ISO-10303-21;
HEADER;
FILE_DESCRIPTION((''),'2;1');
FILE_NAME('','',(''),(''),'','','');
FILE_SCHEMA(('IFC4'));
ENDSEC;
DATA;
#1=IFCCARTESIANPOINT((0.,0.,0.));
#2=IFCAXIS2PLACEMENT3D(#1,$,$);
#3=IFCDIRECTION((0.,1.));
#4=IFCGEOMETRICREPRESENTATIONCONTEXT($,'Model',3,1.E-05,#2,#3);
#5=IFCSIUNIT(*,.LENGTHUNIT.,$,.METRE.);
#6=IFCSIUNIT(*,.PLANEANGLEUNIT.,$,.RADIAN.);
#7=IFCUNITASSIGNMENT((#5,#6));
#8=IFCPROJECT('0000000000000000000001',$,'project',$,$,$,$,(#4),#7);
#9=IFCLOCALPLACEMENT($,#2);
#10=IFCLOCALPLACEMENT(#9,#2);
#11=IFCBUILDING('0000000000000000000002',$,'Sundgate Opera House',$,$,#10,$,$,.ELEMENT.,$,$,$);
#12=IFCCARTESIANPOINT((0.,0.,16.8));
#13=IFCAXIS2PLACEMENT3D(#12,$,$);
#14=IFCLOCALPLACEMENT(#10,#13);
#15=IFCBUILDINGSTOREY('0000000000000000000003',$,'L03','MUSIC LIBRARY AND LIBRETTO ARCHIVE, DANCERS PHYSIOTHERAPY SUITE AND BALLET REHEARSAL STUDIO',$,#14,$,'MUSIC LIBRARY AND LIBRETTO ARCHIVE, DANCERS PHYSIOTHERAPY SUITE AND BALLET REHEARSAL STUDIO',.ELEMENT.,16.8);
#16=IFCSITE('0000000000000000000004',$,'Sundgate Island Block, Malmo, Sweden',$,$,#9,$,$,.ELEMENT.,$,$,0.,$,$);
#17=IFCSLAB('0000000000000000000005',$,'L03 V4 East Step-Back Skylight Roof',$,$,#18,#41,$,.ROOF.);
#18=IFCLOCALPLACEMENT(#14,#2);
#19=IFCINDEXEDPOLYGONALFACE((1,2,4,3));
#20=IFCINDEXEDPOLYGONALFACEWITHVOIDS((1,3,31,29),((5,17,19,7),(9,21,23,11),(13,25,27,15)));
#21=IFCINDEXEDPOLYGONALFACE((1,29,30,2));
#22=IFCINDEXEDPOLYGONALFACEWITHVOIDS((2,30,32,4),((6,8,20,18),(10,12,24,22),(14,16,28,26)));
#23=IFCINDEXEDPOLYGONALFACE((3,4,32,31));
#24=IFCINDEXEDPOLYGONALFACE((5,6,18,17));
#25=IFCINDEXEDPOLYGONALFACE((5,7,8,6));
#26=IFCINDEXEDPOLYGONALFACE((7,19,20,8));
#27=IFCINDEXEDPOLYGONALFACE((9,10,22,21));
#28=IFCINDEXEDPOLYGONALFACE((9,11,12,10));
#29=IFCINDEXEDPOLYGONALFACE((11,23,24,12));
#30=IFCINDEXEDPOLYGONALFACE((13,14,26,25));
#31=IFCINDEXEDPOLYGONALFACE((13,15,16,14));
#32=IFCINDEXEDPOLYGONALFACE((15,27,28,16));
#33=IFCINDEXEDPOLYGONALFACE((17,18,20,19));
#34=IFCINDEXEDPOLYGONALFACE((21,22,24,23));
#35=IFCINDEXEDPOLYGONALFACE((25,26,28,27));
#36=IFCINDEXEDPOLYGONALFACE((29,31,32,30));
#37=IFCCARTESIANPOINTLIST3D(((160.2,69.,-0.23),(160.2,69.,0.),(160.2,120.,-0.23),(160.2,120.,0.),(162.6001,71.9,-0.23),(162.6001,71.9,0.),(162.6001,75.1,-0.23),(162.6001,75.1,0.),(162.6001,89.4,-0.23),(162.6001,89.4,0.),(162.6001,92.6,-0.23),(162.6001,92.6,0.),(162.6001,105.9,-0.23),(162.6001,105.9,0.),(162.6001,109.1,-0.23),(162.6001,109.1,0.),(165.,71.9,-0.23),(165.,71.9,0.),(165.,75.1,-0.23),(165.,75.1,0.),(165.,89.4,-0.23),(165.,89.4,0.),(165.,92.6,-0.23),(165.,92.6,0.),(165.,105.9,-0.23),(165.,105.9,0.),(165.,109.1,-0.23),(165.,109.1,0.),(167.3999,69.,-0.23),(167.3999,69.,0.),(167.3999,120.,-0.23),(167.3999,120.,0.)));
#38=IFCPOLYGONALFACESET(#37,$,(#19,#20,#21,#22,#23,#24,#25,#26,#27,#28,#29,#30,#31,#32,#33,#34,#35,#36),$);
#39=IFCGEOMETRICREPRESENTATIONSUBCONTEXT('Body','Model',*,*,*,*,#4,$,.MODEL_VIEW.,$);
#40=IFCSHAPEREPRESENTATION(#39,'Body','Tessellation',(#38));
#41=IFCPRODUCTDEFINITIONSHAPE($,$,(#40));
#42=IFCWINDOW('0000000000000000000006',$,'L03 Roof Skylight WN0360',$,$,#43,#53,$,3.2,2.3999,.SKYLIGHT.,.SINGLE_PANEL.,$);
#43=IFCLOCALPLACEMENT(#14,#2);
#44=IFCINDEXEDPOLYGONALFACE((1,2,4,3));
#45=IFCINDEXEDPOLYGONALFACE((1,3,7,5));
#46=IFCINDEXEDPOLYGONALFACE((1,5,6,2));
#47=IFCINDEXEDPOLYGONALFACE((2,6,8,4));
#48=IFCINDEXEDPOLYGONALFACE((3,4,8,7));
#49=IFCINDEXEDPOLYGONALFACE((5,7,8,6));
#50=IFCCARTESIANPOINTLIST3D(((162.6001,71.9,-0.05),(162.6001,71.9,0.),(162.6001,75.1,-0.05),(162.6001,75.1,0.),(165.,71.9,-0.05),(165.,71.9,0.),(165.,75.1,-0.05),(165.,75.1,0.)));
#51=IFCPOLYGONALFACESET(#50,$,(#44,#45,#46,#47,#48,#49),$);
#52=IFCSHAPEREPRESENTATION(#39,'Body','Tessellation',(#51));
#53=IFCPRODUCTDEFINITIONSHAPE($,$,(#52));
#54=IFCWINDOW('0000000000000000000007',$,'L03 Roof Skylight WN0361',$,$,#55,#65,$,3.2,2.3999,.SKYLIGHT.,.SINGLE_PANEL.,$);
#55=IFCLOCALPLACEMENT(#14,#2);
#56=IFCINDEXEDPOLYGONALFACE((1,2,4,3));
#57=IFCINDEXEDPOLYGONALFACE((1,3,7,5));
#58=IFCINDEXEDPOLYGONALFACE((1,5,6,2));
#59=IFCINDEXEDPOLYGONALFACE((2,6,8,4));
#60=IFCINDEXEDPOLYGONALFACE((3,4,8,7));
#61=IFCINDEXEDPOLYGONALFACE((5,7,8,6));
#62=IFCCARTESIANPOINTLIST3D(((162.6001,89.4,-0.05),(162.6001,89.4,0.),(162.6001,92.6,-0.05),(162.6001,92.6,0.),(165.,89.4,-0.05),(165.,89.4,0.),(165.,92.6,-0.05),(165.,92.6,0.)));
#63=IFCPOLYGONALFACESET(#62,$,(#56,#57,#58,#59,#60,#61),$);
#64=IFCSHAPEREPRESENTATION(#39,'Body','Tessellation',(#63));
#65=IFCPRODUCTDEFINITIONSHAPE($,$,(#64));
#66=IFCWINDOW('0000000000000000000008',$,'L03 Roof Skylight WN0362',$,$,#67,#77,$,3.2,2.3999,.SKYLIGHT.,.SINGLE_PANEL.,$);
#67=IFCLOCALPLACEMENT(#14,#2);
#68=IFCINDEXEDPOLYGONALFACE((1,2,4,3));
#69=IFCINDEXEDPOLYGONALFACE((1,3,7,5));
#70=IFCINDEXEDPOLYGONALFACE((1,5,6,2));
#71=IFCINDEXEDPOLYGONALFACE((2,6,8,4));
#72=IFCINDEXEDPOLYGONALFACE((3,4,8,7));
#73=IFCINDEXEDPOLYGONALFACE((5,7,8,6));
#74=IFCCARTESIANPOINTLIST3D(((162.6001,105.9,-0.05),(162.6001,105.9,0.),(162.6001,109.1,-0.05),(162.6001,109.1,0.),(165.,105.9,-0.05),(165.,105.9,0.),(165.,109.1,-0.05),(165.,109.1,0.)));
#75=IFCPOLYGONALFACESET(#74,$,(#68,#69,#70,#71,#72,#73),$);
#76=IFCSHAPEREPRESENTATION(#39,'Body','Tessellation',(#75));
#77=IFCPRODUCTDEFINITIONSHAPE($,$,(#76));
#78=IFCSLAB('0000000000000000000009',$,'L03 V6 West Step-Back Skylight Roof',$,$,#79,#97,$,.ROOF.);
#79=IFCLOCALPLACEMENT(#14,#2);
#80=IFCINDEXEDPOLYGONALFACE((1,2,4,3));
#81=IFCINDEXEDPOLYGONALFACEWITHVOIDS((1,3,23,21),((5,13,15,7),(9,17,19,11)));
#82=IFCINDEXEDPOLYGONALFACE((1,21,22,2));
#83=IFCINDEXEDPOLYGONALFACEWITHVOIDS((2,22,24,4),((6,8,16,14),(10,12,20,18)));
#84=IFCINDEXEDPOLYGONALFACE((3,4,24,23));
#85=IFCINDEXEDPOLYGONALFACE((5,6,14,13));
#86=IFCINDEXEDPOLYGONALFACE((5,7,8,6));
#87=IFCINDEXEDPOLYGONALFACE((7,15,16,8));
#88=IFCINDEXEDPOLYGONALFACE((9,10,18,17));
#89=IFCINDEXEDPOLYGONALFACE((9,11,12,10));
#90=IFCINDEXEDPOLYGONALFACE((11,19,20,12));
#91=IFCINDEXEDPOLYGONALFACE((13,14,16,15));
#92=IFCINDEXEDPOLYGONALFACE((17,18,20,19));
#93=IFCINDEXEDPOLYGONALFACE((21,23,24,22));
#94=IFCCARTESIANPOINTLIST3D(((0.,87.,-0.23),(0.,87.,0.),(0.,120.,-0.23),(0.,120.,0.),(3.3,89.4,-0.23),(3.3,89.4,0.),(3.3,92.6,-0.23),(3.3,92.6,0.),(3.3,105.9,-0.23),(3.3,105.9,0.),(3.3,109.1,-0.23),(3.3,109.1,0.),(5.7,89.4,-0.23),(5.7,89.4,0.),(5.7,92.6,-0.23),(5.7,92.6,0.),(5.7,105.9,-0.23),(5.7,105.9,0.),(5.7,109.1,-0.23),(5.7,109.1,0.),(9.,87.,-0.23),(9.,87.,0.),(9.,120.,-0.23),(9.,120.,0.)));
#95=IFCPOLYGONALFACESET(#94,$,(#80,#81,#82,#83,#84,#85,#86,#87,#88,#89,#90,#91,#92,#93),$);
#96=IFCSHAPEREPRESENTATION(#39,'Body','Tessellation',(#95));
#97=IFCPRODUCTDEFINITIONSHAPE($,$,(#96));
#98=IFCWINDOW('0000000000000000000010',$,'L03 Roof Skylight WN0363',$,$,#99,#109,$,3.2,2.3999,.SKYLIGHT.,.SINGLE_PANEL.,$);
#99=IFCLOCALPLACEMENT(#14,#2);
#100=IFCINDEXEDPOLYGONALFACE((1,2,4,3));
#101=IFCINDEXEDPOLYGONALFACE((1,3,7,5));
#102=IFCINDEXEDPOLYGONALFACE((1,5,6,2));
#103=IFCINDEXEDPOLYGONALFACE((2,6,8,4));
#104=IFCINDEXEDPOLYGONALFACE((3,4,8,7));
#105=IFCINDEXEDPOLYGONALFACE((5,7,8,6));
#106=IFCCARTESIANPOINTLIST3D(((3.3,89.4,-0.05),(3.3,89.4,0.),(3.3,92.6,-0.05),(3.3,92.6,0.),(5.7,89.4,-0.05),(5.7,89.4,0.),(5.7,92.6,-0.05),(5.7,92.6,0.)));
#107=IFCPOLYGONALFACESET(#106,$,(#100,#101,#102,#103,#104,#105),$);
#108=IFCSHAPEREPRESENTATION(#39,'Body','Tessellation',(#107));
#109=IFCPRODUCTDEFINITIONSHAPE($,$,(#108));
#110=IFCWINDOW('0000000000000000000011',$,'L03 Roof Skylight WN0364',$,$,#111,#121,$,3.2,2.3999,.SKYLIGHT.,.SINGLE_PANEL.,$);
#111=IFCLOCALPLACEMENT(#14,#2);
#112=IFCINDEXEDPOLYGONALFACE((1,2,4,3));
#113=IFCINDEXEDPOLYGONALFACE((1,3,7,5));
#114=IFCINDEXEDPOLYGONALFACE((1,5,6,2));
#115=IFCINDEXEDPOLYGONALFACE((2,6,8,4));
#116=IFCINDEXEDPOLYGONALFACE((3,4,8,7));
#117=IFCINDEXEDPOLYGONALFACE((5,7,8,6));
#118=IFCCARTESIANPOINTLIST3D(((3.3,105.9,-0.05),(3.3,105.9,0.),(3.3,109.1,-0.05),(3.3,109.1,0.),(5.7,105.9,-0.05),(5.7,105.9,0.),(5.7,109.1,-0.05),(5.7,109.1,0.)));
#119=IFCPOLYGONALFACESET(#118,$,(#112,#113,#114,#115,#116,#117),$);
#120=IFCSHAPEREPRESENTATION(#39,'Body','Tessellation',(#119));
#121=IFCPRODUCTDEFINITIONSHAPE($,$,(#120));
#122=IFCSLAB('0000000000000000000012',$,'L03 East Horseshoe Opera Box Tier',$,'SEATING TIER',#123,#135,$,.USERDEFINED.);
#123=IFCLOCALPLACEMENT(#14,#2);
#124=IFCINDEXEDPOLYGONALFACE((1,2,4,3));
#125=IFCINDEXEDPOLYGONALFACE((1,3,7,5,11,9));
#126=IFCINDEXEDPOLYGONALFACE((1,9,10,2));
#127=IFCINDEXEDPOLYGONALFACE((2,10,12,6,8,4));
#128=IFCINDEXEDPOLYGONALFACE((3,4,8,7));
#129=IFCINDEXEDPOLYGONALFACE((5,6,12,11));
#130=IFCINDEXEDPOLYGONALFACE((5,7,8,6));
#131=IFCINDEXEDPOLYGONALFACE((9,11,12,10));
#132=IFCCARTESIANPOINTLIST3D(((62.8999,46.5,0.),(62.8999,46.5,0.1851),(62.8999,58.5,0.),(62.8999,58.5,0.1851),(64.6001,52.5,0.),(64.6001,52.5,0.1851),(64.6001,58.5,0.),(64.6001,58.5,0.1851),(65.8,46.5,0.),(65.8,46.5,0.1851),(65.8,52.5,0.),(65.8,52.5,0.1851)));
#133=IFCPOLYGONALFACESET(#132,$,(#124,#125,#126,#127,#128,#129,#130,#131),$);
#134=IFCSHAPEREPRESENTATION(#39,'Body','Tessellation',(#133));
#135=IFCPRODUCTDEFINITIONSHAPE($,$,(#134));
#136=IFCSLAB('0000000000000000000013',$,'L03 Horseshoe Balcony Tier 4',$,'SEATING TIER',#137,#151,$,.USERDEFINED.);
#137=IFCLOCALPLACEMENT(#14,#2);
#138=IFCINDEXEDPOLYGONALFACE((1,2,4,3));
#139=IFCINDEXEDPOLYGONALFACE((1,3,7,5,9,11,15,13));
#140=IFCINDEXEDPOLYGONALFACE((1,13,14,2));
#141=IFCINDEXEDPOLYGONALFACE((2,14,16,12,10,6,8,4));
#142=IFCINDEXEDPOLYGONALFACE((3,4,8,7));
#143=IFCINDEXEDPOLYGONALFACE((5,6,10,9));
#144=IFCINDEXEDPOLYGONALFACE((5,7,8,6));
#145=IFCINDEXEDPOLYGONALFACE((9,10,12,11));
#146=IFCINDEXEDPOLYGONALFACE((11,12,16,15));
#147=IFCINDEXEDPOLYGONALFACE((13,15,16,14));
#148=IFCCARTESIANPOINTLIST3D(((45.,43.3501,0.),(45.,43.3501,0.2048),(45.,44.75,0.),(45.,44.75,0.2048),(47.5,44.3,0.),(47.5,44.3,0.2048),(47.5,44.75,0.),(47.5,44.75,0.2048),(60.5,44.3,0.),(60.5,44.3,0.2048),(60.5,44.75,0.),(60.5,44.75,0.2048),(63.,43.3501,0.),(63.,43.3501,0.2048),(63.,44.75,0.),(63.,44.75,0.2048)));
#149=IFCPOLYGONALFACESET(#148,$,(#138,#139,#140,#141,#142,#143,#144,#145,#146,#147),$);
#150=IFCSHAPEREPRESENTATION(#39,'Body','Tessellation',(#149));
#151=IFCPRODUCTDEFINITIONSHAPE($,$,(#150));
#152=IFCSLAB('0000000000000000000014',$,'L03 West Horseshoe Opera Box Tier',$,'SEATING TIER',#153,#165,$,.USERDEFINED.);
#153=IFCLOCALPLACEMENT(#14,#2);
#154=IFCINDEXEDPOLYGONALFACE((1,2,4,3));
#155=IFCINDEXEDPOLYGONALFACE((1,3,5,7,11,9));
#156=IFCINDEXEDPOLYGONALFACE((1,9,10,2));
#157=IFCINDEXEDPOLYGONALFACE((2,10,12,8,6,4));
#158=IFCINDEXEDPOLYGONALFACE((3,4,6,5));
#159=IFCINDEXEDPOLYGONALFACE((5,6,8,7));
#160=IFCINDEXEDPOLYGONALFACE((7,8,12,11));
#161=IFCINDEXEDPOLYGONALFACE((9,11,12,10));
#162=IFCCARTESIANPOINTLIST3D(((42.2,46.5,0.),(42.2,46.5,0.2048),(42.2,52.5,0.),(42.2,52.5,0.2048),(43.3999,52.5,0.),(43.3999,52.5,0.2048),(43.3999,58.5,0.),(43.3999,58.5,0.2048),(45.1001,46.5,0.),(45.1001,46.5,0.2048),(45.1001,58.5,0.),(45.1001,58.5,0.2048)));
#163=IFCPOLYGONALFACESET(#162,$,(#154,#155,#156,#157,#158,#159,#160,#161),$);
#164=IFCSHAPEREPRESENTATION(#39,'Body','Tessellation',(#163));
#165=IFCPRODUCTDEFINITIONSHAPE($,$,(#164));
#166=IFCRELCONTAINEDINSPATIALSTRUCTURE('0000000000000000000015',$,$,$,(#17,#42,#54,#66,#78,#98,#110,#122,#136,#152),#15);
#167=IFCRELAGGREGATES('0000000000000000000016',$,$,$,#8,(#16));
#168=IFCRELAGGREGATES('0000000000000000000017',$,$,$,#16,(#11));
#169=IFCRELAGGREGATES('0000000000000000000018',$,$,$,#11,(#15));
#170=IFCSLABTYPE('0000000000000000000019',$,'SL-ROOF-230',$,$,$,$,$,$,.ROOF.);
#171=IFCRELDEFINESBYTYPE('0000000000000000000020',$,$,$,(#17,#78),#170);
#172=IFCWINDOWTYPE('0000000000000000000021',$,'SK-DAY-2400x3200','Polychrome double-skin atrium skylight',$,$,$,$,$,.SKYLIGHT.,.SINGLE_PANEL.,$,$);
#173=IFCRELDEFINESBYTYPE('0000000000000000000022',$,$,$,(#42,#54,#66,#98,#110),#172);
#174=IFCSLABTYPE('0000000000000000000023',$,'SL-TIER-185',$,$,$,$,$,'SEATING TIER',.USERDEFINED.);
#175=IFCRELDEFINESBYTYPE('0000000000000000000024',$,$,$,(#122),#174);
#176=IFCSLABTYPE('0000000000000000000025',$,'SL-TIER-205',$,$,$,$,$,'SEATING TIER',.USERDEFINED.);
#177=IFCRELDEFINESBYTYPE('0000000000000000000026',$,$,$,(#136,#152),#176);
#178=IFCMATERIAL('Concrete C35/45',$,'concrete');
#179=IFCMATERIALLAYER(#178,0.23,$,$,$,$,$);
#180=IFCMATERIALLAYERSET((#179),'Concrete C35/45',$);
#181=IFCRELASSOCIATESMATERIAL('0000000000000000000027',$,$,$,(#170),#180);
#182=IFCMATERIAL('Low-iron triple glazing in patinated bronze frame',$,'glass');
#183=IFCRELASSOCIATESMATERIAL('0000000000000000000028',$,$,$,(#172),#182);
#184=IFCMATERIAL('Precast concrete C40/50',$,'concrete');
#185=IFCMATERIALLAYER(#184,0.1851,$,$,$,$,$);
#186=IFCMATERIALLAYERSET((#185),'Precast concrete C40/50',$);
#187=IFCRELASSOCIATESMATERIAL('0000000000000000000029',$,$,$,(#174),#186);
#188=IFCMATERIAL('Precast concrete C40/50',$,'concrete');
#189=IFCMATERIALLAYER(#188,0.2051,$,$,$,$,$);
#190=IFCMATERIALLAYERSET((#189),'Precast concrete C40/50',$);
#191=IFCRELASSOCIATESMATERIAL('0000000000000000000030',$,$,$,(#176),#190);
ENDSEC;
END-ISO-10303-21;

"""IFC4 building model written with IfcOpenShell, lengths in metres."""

from ifc_helpers import new_model, si_unit, direction, frame, origin, origin_2d, place, context, subcontext, project, spatial, polyline, rectangle, outline, extrude, material, layer, layer_set, type_object, element, fill, save


model = new_model("IFC4")

# Units and contexts
model_context = context("Model", 3, precision=1e-05, world=origin(), true_north=direction((0.0, 1.0)))
body_context = subcontext(model_context, "Body", "Model", "MODEL_VIEW")
ifc_project = project(units=[si_unit("LENGTHUNIT", "METRE"), si_unit("PLANEANGLEUNIT", "RADIAN")], contexts=[model_context])

# Site, building, storey
site_placement = place(None, origin())
site = spatial("IfcSite", under=ifc_project, at=site_placement, Name="Sundgate Island Block, Malmo, Sweden", CompositionType="ELEMENT", RefElevation=0.0)
building_placement = place(site_placement, origin())
building = spatial("IfcBuilding", under=site, at=building_placement, Name="Sundgate Opera House", CompositionType="ELEMENT")
storey_placement = place(building_placement, frame((0.0, 0.0, 16.8)))
storey = spatial("IfcBuildingStorey", under=building, at=storey_placement, Name="L03", Description="MUSIC LIBRARY AND LIBRETTO ARCHIVE, DANCERS PHYSIOTHERAPY SUITE AND BALLET REHEARSAL STUDIO", LongName="MUSIC LIBRARY AND LIBRETTO ARCHIVE, DANCERS PHYSIOTHERAPY SUITE AND BALLET REHEARSAL STUDIO", CompositionType="ELEMENT", Elevation=16.8)

# Slabs, openings, windows
ifc_material_1 = material(Name="Concrete C35/45", Category="concrete")
ifc_layer_1 = layer(ifc_material_1, 0.23)
ifc_layer_set_1 = layer_set([ifc_layer_1], Name="Concrete C35/45")
slab_type_1 = type_object("IfcSlabType", Name="SL-ROOF-230", PredefinedType="ROOF", material=ifc_layer_set_1)
slab_1_placement = place(storey_placement, frame((0.0, 0.0, -0.23)))
slab_1 = element("IfcSlab", 1, at=slab_1_placement, inside=storey, type_object=slab_type_1, Name="L03 V4 East Step-Back Skylight Roof", PredefinedType="ROOF", context=body_context, shape_type="SweptSolid", body=[
    extrude(outline(polyline([(160.2, 69.0), (167.3999, 69.0), (167.3999, 120.0), (160.2, 120.0), (160.2, 69.0)])), origin(), (0.0, 0.0, 1.0), 0.23),
])
opening_1_placement = place(slab_1_placement, frame((163.8, 73.5, 0.0)))
opening_1 = element("IfcOpeningElement", 2, at=opening_1_placement, cuts=slab_1, PredefinedType="OPENING", context=body_context, shape_type="SweptSolid", body=[
    extrude(rectangle(XDim=2.3999, YDim=3.2, at=origin_2d()), origin(), (0.0, 0.0, 1.0), 0.23),
])
opening_2_placement = place(slab_1_placement, frame((163.8, 91.0, 0.0)))
opening_2 = element("IfcOpeningElement", 3, at=opening_2_placement, cuts=slab_1, PredefinedType="OPENING", context=body_context, shape_type="SweptSolid", body=[
    extrude(rectangle(XDim=2.3999, YDim=3.2, at=origin_2d()), origin(), (0.0, 0.0, 1.0), 0.23),
])
opening_3_placement = place(slab_1_placement, frame((163.8, 107.5, 0.0)))
opening_3 = element("IfcOpeningElement", 4, at=opening_3_placement, cuts=slab_1, PredefinedType="OPENING", context=body_context, shape_type="SweptSolid", body=[
    extrude(rectangle(XDim=2.3999, YDim=3.2, at=origin_2d()), origin(), (0.0, 0.0, 1.0), 0.23),
])
ifc_material_2 = material(Name="Low-iron triple glazing in patinated bronze frame", Category="glass")
window_type = type_object("IfcWindowType", Name="SK-DAY-2400x3200", Description="Polychrome double-skin atrium skylight", PartitioningType="SINGLE_PANEL", PredefinedType="SKYLIGHT", material=ifc_material_2)
window_1_placement = place(opening_1_placement, frame((0.0, 0.0, 0.1799)))
window_1 = element("IfcWindow", 5, at=window_1_placement, inside=storey, type_object=window_type, Name="L03 Roof Skylight WN0360", OverallHeight=3.2, OverallWidth=2.3999, PartitioningType="SINGLE_PANEL", PredefinedType="SKYLIGHT", context=body_context, shape_type="SweptSolid", body=[
    extrude(rectangle(XDim=2.3999, YDim=3.2, at=origin_2d()), origin(), (0.0, 0.0, 1.0), 0.05),
])
fill(opening_1, window_1)
window_2_placement = place(opening_2_placement, frame((0.0, 0.0, 0.1799)))
window_2 = element("IfcWindow", 6, at=window_2_placement, inside=storey, type_object=window_type, Name="L03 Roof Skylight WN0361", OverallHeight=3.2, OverallWidth=2.3999, PartitioningType="SINGLE_PANEL", PredefinedType="SKYLIGHT", context=body_context, shape_type="SweptSolid", body=[
    extrude(rectangle(XDim=2.3999, YDim=3.2, at=origin_2d()), origin(), (0.0, 0.0, 1.0), 0.05),
])
fill(opening_2, window_2)
window_3_placement = place(opening_3_placement, frame((0.0, 0.0, 0.1799)))
window_3 = element("IfcWindow", 7, at=window_3_placement, inside=storey, type_object=window_type, Name="L03 Roof Skylight WN0362", OverallHeight=3.2, OverallWidth=2.3999, PartitioningType="SINGLE_PANEL", PredefinedType="SKYLIGHT", context=body_context, shape_type="SweptSolid", body=[
    extrude(rectangle(XDim=2.3999, YDim=3.2, at=origin_2d()), origin(), (0.0, 0.0, 1.0), 0.05),
])
fill(opening_3, window_3)
slab_2_placement = place(storey_placement, frame((0.0, 0.0, -0.23)))
slab_2 = element("IfcSlab", 8, at=slab_2_placement, inside=storey, type_object=slab_type_1, Name="L03 V6 West Step-Back Skylight Roof", PredefinedType="ROOF", context=body_context, shape_type="SweptSolid", body=[
    extrude(outline(polyline([(0.0, 87.0), (9.0, 87.0), (9.0, 120.0), (0.0, 120.0), (0.0, 87.0)])), origin(), (0.0, 0.0, 1.0), 0.23),
])
opening_4_placement = place(slab_2_placement, frame((4.5, 91.0, 0.0)))
opening_4 = element("IfcOpeningElement", 9, at=opening_4_placement, cuts=slab_2, PredefinedType="OPENING", context=body_context, shape_type="SweptSolid", body=[
    extrude(rectangle(XDim=2.3999, YDim=3.2, at=origin_2d()), origin(), (0.0, 0.0, 1.0), 0.23),
])
opening_5_placement = place(slab_2_placement, frame((4.5, 107.5, 0.0)))
opening_5 = element("IfcOpeningElement", 10, at=opening_5_placement, cuts=slab_2, PredefinedType="OPENING", context=body_context, shape_type="SweptSolid", body=[
    extrude(rectangle(XDim=2.3999, YDim=3.2, at=origin_2d()), origin(), (0.0, 0.0, 1.0), 0.23),
])
window_4_placement = place(opening_4_placement, frame((0.0, 0.0, 0.1799)))
window_4 = element("IfcWindow", 11, at=window_4_placement, inside=storey, type_object=window_type, Name="L03 Roof Skylight WN0363", OverallHeight=3.2, OverallWidth=2.3999, PartitioningType="SINGLE_PANEL", PredefinedType="SKYLIGHT", context=body_context, shape_type="SweptSolid", body=[
    extrude(rectangle(XDim=2.3999, YDim=3.2, at=origin_2d()), origin(), (0.0, 0.0, 1.0), 0.05),
])
fill(opening_4, window_4)
window_5_placement = place(opening_5_placement, frame((0.0, 0.0, 0.1799)))
window_5 = element("IfcWindow", 12, at=window_5_placement, inside=storey, type_object=window_type, Name="L03 Roof Skylight WN0364", OverallHeight=3.2, OverallWidth=2.3999, PartitioningType="SINGLE_PANEL", PredefinedType="SKYLIGHT", context=body_context, shape_type="SweptSolid", body=[
    extrude(rectangle(XDim=2.3999, YDim=3.2, at=origin_2d()), origin(), (0.0, 0.0, 1.0), 0.05),
])
fill(opening_5, window_5)

# Slabs
ifc_material_3 = material(Name="Precast concrete C40/50", Category="concrete")
ifc_layer_2 = layer(ifc_material_3, 0.1851)
ifc_layer_set_2 = layer_set([ifc_layer_2], Name="Precast concrete C40/50")
slab_type_2 = type_object("IfcSlabType", Name="SL-TIER-185", ElementType="SEATING TIER", PredefinedType="USERDEFINED", material=ifc_layer_set_2)
slab_3_placement = place(storey_placement, origin())
element("IfcSlab", 13, at=slab_3_placement, inside=storey, type_object=slab_type_2, Name="L03 East Horseshoe Opera Box Tier", ObjectType="SEATING TIER", PredefinedType="USERDEFINED", context=body_context, shape_type="SweptSolid", body=[
    extrude(outline(polyline([(62.8999, 46.5), (65.8, 46.5), (65.8, 52.5), (64.6001, 52.5), (64.6001, 58.5), (62.8999, 58.5), (62.8999, 46.5)])), origin(), (0.0, 0.0, 1.0), 0.1851),
])
ifc_material_4 = material(Name="Precast concrete C40/50", Category="concrete")
ifc_layer_3 = layer(ifc_material_4, 0.2051)
ifc_layer_set_3 = layer_set([ifc_layer_3], Name="Precast concrete C40/50")
slab_type_3 = type_object("IfcSlabType", Name="SL-TIER-205", ElementType="SEATING TIER", PredefinedType="USERDEFINED", material=ifc_layer_set_3)
slab_4_placement = place(storey_placement, origin())
element("IfcSlab", 14, at=slab_4_placement, inside=storey, type_object=slab_type_3, Name="L03 Horseshoe Balcony Tier 4", ObjectType="SEATING TIER", PredefinedType="USERDEFINED", context=body_context, shape_type="SweptSolid", body=[
    extrude(outline(polyline([(45.0, 43.3501), (63.0, 43.3501), (63.0, 44.75), (60.5, 44.75), (60.5, 44.3), (47.5, 44.3), (47.5, 44.75), (45.0, 44.75), (45.0, 43.3501)])), origin(), (0.0, 0.0, 1.0), 0.2048),
])
slab_5_placement = place(storey_placement, origin())
element("IfcSlab", 15, at=slab_5_placement, inside=storey, type_object=slab_type_3, Name="L03 West Horseshoe Opera Box Tier", ObjectType="SEATING TIER", PredefinedType="USERDEFINED", context=body_context, shape_type="SweptSolid", body=[
    extrude(outline(polyline([(42.2, 46.5), (45.1001, 46.5), (45.1001, 58.5), (43.3999, 58.5), (43.3999, 52.5), (42.2, 52.5), (42.2, 46.5)])), origin(), (0.0, 0.0, 1.0), 0.2048),
])

save(model, "model.ifc")
